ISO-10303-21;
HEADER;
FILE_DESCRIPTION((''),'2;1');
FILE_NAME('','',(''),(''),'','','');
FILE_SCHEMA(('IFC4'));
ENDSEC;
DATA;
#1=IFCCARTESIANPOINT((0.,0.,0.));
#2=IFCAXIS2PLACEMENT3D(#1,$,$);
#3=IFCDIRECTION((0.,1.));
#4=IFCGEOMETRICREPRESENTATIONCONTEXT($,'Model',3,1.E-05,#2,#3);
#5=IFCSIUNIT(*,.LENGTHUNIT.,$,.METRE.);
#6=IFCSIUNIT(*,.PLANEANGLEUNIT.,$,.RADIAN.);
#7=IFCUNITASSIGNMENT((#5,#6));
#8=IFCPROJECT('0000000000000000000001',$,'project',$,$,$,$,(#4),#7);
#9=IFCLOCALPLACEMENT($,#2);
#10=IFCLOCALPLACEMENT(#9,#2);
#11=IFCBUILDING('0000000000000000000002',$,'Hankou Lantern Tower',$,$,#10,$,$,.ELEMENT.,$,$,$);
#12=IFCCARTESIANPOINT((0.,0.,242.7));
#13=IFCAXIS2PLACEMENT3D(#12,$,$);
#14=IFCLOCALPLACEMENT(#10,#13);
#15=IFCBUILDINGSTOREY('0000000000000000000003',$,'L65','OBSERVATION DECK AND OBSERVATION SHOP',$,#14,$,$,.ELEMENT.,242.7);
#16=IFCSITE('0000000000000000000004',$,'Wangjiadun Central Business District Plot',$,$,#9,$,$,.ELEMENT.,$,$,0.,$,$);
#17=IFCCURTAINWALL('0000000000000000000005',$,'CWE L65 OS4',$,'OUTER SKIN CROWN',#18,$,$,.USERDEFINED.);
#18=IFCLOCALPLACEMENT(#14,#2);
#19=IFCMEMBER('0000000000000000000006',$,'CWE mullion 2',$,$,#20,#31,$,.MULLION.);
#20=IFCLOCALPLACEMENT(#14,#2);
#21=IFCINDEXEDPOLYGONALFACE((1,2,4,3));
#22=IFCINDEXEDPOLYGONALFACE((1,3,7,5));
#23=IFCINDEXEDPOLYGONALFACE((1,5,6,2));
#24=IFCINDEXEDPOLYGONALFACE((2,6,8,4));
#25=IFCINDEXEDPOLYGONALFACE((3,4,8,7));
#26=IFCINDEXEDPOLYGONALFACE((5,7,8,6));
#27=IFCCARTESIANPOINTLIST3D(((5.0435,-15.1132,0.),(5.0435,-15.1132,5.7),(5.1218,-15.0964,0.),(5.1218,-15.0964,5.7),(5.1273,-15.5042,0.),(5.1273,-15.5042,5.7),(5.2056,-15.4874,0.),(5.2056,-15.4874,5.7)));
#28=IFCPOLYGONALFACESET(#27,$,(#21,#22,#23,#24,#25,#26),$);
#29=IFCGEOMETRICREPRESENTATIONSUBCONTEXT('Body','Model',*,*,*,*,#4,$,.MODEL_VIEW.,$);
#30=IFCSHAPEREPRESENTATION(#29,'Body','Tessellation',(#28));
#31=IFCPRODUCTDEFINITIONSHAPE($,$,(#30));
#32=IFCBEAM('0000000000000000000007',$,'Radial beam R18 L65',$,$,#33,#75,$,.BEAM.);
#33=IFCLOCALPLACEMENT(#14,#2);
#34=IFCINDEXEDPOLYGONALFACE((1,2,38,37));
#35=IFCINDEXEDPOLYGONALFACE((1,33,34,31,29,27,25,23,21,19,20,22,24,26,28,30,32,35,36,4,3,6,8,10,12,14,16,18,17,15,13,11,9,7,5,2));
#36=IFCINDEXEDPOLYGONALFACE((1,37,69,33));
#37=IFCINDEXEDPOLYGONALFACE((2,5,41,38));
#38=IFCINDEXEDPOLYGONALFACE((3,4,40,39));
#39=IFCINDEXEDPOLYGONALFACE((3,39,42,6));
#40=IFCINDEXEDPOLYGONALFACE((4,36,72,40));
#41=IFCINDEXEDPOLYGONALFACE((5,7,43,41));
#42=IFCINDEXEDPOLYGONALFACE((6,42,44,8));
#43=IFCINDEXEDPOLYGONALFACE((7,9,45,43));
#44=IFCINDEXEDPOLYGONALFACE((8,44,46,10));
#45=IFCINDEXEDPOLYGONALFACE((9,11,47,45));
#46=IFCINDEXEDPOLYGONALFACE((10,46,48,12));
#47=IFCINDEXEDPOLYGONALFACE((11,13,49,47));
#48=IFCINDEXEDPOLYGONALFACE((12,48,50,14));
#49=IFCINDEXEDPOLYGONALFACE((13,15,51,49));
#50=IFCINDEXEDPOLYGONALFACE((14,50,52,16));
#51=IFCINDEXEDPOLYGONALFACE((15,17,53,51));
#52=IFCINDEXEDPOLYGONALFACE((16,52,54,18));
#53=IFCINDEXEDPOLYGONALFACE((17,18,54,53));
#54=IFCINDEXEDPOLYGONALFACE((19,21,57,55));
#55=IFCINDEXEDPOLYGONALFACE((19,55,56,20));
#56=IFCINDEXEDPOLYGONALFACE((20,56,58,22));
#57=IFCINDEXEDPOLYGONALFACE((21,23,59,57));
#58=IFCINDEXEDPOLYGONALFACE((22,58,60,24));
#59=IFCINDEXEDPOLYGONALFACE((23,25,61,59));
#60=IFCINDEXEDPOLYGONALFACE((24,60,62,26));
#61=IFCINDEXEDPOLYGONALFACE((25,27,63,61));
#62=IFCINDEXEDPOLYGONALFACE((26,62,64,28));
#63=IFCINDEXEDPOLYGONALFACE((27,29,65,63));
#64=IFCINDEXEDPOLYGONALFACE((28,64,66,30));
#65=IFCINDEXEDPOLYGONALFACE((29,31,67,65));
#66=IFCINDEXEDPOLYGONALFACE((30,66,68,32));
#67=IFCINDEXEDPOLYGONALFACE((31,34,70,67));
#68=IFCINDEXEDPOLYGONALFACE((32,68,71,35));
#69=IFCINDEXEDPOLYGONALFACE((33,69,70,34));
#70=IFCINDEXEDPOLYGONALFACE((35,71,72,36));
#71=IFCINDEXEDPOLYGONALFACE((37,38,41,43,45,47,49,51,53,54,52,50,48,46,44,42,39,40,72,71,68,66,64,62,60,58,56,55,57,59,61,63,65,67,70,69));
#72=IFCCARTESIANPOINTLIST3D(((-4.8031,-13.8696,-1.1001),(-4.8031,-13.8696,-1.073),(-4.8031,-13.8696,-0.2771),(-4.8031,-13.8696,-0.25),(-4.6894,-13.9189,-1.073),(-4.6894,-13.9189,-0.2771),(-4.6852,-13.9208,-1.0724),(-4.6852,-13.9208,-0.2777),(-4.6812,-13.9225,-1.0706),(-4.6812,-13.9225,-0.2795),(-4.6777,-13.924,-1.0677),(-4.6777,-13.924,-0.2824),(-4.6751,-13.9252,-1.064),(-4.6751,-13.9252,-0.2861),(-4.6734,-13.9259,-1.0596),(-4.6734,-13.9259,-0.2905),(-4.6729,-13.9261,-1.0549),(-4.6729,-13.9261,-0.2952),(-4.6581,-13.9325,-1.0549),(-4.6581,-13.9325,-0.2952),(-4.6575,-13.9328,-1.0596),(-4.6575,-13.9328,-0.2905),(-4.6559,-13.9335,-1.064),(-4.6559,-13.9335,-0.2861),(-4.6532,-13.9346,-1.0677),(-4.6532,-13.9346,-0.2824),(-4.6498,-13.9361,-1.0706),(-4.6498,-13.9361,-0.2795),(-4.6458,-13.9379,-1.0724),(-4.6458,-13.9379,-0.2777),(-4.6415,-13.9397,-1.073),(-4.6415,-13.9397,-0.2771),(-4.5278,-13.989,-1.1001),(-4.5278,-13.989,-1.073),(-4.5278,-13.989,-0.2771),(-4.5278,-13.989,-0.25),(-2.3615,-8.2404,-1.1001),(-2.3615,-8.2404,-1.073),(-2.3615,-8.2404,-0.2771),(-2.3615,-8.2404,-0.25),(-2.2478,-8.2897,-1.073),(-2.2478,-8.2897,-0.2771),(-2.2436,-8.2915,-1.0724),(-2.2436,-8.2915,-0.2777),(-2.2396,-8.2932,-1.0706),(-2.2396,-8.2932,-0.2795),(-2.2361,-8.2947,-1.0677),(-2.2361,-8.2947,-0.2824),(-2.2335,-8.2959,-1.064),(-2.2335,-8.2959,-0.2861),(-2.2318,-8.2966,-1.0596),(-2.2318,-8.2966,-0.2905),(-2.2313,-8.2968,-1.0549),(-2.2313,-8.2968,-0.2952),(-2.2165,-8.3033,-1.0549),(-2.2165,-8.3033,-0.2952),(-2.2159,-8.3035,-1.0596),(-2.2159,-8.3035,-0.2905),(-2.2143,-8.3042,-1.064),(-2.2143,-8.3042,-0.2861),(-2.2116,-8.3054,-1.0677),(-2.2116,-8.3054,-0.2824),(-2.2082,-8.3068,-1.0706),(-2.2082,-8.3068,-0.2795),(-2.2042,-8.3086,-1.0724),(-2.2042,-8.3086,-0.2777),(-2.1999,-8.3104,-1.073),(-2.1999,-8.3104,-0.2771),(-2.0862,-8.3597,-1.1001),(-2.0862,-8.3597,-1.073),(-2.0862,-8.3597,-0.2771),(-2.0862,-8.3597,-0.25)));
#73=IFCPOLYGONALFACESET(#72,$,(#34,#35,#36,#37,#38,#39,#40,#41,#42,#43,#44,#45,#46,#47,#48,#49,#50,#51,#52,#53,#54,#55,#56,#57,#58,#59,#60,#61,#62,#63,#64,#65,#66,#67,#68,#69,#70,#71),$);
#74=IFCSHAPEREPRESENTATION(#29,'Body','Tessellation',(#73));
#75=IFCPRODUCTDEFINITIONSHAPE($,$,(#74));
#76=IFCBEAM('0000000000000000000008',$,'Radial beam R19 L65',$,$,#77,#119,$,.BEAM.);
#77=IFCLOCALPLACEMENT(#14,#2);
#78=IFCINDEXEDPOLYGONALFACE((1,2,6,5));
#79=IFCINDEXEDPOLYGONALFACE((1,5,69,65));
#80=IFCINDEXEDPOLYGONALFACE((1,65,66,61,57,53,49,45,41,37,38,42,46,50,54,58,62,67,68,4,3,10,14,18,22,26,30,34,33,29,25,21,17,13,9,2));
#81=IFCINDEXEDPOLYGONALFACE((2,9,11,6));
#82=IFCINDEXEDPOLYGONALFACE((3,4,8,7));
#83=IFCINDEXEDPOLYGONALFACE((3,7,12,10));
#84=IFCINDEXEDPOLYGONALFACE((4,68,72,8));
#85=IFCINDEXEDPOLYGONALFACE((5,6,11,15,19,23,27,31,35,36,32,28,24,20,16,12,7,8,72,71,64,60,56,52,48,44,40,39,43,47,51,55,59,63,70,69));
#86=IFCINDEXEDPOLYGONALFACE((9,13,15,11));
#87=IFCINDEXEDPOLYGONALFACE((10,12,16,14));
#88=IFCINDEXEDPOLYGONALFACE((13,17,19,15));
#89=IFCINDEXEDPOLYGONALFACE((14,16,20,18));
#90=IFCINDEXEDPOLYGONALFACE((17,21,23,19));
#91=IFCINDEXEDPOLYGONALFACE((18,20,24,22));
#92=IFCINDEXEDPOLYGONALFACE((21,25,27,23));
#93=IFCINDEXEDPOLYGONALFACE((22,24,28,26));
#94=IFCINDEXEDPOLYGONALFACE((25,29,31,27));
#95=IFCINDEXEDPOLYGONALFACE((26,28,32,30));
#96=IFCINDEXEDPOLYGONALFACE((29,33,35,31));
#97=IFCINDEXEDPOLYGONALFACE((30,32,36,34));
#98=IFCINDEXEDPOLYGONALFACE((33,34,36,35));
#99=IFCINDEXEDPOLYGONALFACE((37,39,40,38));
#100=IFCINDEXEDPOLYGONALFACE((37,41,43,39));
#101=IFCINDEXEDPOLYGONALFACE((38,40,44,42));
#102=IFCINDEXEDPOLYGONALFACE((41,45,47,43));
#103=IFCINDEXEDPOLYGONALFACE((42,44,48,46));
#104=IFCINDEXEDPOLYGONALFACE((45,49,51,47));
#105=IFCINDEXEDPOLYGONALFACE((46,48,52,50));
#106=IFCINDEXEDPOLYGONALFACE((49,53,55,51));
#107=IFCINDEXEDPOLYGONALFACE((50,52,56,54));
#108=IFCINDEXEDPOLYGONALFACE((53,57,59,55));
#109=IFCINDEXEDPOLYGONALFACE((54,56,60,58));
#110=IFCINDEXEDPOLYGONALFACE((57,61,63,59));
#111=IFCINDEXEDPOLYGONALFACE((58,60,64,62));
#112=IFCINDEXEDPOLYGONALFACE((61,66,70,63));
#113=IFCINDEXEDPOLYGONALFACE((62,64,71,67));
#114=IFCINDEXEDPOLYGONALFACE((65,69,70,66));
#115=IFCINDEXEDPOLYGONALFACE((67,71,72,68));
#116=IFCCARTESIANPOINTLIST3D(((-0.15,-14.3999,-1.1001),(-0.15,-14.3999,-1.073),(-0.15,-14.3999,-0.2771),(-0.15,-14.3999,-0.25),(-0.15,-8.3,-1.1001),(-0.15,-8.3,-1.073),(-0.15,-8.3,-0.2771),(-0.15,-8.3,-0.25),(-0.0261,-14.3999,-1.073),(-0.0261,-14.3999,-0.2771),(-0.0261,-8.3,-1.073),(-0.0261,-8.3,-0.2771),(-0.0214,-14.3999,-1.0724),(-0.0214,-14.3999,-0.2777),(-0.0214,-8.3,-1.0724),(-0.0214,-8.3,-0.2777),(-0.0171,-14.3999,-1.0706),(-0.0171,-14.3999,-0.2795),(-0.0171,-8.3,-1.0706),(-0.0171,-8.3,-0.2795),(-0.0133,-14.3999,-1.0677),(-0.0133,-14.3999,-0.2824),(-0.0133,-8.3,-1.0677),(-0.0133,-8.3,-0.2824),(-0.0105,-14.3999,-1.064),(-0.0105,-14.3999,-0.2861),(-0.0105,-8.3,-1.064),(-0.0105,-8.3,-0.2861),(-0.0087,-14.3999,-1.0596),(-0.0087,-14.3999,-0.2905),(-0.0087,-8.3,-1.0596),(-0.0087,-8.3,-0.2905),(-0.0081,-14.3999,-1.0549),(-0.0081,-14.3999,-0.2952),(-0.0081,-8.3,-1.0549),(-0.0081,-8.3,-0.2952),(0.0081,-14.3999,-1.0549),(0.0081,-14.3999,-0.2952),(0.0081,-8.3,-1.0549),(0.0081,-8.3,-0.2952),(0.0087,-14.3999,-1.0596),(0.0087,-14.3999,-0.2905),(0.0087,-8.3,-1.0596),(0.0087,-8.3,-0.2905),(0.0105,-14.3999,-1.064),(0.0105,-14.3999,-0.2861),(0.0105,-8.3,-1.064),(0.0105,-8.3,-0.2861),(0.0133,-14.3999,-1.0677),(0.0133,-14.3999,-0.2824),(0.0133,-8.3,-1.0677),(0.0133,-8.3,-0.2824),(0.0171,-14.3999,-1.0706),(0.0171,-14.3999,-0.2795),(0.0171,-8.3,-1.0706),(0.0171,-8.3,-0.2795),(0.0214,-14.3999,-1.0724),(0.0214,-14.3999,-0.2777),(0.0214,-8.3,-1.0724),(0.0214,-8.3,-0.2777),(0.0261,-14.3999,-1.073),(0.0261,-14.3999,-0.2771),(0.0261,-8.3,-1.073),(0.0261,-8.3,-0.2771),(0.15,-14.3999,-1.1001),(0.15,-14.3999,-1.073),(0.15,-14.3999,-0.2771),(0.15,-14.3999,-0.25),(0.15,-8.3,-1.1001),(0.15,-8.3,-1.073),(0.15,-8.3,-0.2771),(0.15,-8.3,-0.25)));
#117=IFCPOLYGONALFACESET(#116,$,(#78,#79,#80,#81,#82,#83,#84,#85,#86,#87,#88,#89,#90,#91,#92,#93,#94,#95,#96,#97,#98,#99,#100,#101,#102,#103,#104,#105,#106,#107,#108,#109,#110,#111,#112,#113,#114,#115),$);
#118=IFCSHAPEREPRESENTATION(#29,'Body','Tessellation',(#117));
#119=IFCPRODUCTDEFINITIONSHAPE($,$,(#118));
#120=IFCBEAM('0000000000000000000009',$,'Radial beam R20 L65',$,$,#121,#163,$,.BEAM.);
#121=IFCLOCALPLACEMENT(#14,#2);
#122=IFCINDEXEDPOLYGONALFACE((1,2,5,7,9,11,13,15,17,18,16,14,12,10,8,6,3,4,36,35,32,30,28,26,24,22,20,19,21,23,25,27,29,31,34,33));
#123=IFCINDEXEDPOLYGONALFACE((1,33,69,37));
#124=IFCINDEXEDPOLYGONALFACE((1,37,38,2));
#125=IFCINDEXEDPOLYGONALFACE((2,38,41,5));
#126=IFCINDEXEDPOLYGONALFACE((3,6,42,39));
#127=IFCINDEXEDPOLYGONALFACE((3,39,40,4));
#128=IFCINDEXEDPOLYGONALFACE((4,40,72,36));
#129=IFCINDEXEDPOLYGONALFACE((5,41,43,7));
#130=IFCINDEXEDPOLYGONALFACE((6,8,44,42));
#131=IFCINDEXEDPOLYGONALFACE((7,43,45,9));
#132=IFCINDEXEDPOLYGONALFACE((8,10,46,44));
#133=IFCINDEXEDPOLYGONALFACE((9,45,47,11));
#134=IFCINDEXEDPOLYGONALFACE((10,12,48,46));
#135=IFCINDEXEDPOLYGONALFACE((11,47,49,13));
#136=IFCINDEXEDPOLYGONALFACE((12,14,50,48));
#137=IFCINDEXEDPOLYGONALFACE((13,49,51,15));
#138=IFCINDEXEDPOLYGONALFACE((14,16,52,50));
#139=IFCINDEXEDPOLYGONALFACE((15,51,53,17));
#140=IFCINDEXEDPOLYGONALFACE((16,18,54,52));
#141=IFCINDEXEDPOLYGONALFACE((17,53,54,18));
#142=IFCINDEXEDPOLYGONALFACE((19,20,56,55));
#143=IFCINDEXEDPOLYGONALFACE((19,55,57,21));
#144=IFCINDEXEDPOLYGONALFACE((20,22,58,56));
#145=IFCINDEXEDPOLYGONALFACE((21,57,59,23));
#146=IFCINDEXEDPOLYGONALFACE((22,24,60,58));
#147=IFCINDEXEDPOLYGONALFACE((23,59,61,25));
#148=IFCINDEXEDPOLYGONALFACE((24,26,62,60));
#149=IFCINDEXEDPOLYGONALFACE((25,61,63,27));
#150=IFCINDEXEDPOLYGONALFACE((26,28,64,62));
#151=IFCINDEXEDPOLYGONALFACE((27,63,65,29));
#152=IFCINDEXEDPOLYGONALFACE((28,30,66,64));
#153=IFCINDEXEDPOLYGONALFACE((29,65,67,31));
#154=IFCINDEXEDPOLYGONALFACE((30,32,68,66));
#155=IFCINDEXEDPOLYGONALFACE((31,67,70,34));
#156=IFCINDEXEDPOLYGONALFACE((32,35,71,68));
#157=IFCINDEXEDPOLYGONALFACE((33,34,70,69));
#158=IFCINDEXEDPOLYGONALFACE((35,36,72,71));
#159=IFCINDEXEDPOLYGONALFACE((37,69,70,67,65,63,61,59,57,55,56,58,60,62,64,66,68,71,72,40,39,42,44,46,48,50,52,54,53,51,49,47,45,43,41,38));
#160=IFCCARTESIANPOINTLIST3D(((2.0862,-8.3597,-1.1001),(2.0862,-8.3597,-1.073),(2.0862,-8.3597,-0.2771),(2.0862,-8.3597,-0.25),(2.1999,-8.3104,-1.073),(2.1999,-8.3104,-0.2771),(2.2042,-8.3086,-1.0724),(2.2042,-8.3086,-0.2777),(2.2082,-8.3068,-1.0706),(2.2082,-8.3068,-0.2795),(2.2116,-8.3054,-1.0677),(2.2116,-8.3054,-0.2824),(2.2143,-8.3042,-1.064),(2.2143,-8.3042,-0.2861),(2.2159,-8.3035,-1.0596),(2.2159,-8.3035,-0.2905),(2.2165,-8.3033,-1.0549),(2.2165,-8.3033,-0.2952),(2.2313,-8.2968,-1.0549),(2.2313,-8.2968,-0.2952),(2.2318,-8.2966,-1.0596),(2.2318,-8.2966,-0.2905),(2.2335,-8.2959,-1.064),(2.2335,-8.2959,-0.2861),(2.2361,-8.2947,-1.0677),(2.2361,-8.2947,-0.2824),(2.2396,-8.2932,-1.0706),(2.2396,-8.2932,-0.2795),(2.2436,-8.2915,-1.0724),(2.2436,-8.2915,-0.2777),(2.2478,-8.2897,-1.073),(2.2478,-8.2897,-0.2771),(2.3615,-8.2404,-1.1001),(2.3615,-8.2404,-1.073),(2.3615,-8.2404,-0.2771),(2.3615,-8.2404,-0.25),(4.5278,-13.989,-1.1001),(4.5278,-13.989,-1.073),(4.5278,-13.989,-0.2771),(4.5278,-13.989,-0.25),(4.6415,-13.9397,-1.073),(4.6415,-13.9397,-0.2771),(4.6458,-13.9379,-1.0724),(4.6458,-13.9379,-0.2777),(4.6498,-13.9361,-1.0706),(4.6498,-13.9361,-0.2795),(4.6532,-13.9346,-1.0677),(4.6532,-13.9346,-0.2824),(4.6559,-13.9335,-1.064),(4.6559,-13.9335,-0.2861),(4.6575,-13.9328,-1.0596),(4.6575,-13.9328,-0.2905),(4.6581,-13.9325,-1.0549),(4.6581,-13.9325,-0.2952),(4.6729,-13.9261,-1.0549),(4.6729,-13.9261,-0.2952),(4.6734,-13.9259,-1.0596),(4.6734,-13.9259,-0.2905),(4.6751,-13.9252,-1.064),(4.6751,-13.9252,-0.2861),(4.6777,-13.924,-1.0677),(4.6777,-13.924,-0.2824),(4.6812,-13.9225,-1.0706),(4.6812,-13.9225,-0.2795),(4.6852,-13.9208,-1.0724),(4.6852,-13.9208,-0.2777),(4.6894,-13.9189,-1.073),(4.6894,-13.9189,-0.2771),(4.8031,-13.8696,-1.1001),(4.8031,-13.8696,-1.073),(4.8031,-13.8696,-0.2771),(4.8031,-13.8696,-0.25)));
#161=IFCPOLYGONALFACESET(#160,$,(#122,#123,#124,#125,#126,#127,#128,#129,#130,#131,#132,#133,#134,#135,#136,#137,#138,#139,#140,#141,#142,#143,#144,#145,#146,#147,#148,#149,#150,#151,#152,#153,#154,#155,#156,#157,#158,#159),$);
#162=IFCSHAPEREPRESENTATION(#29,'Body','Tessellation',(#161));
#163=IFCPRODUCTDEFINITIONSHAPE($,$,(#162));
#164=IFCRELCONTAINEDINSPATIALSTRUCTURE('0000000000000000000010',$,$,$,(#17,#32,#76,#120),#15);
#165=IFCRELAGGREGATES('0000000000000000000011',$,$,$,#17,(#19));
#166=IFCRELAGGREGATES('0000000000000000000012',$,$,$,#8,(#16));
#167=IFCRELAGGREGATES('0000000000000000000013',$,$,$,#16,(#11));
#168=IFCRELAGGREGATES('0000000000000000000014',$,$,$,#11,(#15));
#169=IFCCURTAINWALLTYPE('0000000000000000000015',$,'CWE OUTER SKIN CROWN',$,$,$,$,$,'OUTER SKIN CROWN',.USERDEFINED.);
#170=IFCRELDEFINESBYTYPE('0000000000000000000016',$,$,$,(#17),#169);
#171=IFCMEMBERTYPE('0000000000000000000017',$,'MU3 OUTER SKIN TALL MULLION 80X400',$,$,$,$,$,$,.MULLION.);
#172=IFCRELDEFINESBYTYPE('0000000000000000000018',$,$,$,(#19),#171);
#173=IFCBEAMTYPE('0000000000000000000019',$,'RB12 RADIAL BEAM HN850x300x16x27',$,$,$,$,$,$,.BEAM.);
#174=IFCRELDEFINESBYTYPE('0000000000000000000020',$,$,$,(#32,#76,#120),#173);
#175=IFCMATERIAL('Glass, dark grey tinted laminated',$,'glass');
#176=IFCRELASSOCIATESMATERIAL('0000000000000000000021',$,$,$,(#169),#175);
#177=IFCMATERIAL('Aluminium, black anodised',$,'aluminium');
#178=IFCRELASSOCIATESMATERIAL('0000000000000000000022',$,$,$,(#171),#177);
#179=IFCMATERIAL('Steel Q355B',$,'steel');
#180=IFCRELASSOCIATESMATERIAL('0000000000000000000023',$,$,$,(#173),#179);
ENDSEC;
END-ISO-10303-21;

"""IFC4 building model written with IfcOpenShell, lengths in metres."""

from ifc_helpers import new_model, si_unit, direction, frame, origin, origin_2d, place, context, subcontext, project, spatial, rectangle, i_section, extrude, material, material_profile, profile_set, type_object, element, aggregate, save


model = new_model("IFC4")

# Units and contexts
model_context = context("Model", 3, precision=1e-05, world=origin(), true_north=direction((0.0, 1.0)))
body_context = subcontext(model_context, "Body", "Model", "MODEL_VIEW")
ifc_project = project(units=[si_unit("LENGTHUNIT", "METRE"), si_unit("PLANEANGLEUNIT", "RADIAN")], contexts=[model_context])

# Site, building, storey
site_placement = place(None, origin())
site = spatial("IfcSite", under=ifc_project, at=site_placement, Name="Wangjiadun Central Business District Plot", CompositionType="ELEMENT", RefElevation=0.0)
building_placement = place(site_placement, origin())
building = spatial("IfcBuilding", under=site, at=building_placement, Name="Hankou Lantern Tower", CompositionType="ELEMENT")
storey_placement = place(building_placement, frame((0.0, 0.0, 242.7)))
storey = spatial("IfcBuildingStorey", under=building, at=storey_placement, Name="L65", Description="OBSERVATION DECK AND OBSERVATION SHOP", CompositionType="ELEMENT", Elevation=242.7)

# Curtain wall, member
ifc_material_1 = material(Name="Glass, dark grey tinted laminated", Category="glass")
curtain_wall_type = type_object("IfcCurtainWallType", Name="CWE OUTER SKIN CROWN", ElementType="OUTER SKIN CROWN", PredefinedType="USERDEFINED", material=ifc_material_1)
curtain_wall_1_placement = place(storey_placement, origin())
curtain_wall_1 = element("IfcCurtainWall", 1, at=curtain_wall_1_placement, inside=storey, type_object=curtain_wall_type, Name="CWE L65 OS4", ObjectType="OUTER SKIN CROWN", PredefinedType="USERDEFINED")
ifc_material_2 = material(Name="Aluminium, black anodised", Category="aluminium")
ifc_material_profile_1 = material_profile(ifc_material_2, rectangle(XDim=0.0801, YDim=0.3999, at=origin_2d()), Name="MU3 80X400")
ifc_profile_set_1 = profile_set([ifc_material_profile_1], Name="Aluminium, black anodised")
member_type_1 = type_object("IfcMemberType", Name="MU3 OUTER SKIN TALL MULLION 80X400", PredefinedType="MULLION", material=ifc_profile_set_1)
member_1_placement = place(storey_placement, frame((5.1245, -15.3003, 0.0), z_axis=(0.0, 0.0, 1.0), x_axis=(0.977788, 0.209598, 0.0)))
member_1 = element("IfcMember", 2, at=member_1_placement, type_object=member_type_1, Name="CWE mullion 2", PredefinedType="MULLION", context=body_context, shape_type="SweptSolid", body=[
    extrude(rectangle(XDim=0.0801, YDim=0.3999, at=origin_2d()), origin(), (0.0, 0.0, 1.0), 5.7),
])

# Beams
ifc_material_3 = material(Name="Steel Q355B", Category="steel")
ifc_material_profile_2 = material_profile(ifc_material_3, i_section(OverallWidth=0.3, OverallDepth=0.8501, WebThickness=0.0161, FlangeThickness=0.0271, FilletRadius=0.0181, at=origin_2d()), Name="HN850x300x16x27")
ifc_profile_set_2 = profile_set([ifc_material_profile_2], Name="Steel Q355B")
beam_type_1 = type_object("IfcBeamType", Name="RB12 RADIAL BEAM HN850x300x16x27", PredefinedType="BEAM", material=ifc_profile_set_2)
beam_1_placement = place(storey_placement, frame((-2.2239, -8.3, -0.675), z_axis=(-0.397916, -0.917422, 0.0), x_axis=(0.917422, -0.397916, 0.0)))
element("IfcBeam", 3, at=beam_1_placement, inside=storey, type_object=beam_type_1, Name="Radial beam R18 L65", PredefinedType="BEAM", context=body_context, shape_type="SweptSolid", body=[
    extrude(i_section(OverallWidth=0.3, OverallDepth=0.8501, WebThickness=0.0161, FlangeThickness=0.0271, FilletRadius=0.0181, at=origin_2d()), origin(), (0.0, 0.0, 1.0), 6.136),
])
beam_2_placement = place(storey_placement, frame((0.0, -8.3, -0.675), z_axis=(0.0, -1.0, 0.0), x_axis=(1.0, 0.0, 0.0)))
element("IfcBeam", 4, at=beam_2_placement, inside=storey, type_object=beam_type_1, Name="Radial beam R19 L65", PredefinedType="BEAM", context=body_context, shape_type="SweptSolid", body=[
    extrude(i_section(OverallWidth=0.3, OverallDepth=0.8501, WebThickness=0.0161, FlangeThickness=0.0271, FilletRadius=0.0181, at=origin_2d()), origin(), (0.0, 0.0, 1.0), 6.0999),
])
beam_3_placement = place(storey_placement, frame((2.2239, -8.3, -0.675), z_axis=(0.397916, -0.917422, 0.0), x_axis=(0.917422, 0.397916, 0.0)))
element("IfcBeam", 5, at=beam_3_placement, inside=storey, type_object=beam_type_1, Name="Radial beam R20 L65", PredefinedType="BEAM", context=body_context, shape_type="SweptSolid", body=[
    extrude(i_section(OverallWidth=0.3, OverallDepth=0.8501, WebThickness=0.0161, FlangeThickness=0.0271, FilletRadius=0.0181, at=origin_2d()), origin(), (0.0, 0.0, 1.0), 6.136),
])

aggregate(curtain_wall_1, [member_1])

save(model, "model.ifc")
